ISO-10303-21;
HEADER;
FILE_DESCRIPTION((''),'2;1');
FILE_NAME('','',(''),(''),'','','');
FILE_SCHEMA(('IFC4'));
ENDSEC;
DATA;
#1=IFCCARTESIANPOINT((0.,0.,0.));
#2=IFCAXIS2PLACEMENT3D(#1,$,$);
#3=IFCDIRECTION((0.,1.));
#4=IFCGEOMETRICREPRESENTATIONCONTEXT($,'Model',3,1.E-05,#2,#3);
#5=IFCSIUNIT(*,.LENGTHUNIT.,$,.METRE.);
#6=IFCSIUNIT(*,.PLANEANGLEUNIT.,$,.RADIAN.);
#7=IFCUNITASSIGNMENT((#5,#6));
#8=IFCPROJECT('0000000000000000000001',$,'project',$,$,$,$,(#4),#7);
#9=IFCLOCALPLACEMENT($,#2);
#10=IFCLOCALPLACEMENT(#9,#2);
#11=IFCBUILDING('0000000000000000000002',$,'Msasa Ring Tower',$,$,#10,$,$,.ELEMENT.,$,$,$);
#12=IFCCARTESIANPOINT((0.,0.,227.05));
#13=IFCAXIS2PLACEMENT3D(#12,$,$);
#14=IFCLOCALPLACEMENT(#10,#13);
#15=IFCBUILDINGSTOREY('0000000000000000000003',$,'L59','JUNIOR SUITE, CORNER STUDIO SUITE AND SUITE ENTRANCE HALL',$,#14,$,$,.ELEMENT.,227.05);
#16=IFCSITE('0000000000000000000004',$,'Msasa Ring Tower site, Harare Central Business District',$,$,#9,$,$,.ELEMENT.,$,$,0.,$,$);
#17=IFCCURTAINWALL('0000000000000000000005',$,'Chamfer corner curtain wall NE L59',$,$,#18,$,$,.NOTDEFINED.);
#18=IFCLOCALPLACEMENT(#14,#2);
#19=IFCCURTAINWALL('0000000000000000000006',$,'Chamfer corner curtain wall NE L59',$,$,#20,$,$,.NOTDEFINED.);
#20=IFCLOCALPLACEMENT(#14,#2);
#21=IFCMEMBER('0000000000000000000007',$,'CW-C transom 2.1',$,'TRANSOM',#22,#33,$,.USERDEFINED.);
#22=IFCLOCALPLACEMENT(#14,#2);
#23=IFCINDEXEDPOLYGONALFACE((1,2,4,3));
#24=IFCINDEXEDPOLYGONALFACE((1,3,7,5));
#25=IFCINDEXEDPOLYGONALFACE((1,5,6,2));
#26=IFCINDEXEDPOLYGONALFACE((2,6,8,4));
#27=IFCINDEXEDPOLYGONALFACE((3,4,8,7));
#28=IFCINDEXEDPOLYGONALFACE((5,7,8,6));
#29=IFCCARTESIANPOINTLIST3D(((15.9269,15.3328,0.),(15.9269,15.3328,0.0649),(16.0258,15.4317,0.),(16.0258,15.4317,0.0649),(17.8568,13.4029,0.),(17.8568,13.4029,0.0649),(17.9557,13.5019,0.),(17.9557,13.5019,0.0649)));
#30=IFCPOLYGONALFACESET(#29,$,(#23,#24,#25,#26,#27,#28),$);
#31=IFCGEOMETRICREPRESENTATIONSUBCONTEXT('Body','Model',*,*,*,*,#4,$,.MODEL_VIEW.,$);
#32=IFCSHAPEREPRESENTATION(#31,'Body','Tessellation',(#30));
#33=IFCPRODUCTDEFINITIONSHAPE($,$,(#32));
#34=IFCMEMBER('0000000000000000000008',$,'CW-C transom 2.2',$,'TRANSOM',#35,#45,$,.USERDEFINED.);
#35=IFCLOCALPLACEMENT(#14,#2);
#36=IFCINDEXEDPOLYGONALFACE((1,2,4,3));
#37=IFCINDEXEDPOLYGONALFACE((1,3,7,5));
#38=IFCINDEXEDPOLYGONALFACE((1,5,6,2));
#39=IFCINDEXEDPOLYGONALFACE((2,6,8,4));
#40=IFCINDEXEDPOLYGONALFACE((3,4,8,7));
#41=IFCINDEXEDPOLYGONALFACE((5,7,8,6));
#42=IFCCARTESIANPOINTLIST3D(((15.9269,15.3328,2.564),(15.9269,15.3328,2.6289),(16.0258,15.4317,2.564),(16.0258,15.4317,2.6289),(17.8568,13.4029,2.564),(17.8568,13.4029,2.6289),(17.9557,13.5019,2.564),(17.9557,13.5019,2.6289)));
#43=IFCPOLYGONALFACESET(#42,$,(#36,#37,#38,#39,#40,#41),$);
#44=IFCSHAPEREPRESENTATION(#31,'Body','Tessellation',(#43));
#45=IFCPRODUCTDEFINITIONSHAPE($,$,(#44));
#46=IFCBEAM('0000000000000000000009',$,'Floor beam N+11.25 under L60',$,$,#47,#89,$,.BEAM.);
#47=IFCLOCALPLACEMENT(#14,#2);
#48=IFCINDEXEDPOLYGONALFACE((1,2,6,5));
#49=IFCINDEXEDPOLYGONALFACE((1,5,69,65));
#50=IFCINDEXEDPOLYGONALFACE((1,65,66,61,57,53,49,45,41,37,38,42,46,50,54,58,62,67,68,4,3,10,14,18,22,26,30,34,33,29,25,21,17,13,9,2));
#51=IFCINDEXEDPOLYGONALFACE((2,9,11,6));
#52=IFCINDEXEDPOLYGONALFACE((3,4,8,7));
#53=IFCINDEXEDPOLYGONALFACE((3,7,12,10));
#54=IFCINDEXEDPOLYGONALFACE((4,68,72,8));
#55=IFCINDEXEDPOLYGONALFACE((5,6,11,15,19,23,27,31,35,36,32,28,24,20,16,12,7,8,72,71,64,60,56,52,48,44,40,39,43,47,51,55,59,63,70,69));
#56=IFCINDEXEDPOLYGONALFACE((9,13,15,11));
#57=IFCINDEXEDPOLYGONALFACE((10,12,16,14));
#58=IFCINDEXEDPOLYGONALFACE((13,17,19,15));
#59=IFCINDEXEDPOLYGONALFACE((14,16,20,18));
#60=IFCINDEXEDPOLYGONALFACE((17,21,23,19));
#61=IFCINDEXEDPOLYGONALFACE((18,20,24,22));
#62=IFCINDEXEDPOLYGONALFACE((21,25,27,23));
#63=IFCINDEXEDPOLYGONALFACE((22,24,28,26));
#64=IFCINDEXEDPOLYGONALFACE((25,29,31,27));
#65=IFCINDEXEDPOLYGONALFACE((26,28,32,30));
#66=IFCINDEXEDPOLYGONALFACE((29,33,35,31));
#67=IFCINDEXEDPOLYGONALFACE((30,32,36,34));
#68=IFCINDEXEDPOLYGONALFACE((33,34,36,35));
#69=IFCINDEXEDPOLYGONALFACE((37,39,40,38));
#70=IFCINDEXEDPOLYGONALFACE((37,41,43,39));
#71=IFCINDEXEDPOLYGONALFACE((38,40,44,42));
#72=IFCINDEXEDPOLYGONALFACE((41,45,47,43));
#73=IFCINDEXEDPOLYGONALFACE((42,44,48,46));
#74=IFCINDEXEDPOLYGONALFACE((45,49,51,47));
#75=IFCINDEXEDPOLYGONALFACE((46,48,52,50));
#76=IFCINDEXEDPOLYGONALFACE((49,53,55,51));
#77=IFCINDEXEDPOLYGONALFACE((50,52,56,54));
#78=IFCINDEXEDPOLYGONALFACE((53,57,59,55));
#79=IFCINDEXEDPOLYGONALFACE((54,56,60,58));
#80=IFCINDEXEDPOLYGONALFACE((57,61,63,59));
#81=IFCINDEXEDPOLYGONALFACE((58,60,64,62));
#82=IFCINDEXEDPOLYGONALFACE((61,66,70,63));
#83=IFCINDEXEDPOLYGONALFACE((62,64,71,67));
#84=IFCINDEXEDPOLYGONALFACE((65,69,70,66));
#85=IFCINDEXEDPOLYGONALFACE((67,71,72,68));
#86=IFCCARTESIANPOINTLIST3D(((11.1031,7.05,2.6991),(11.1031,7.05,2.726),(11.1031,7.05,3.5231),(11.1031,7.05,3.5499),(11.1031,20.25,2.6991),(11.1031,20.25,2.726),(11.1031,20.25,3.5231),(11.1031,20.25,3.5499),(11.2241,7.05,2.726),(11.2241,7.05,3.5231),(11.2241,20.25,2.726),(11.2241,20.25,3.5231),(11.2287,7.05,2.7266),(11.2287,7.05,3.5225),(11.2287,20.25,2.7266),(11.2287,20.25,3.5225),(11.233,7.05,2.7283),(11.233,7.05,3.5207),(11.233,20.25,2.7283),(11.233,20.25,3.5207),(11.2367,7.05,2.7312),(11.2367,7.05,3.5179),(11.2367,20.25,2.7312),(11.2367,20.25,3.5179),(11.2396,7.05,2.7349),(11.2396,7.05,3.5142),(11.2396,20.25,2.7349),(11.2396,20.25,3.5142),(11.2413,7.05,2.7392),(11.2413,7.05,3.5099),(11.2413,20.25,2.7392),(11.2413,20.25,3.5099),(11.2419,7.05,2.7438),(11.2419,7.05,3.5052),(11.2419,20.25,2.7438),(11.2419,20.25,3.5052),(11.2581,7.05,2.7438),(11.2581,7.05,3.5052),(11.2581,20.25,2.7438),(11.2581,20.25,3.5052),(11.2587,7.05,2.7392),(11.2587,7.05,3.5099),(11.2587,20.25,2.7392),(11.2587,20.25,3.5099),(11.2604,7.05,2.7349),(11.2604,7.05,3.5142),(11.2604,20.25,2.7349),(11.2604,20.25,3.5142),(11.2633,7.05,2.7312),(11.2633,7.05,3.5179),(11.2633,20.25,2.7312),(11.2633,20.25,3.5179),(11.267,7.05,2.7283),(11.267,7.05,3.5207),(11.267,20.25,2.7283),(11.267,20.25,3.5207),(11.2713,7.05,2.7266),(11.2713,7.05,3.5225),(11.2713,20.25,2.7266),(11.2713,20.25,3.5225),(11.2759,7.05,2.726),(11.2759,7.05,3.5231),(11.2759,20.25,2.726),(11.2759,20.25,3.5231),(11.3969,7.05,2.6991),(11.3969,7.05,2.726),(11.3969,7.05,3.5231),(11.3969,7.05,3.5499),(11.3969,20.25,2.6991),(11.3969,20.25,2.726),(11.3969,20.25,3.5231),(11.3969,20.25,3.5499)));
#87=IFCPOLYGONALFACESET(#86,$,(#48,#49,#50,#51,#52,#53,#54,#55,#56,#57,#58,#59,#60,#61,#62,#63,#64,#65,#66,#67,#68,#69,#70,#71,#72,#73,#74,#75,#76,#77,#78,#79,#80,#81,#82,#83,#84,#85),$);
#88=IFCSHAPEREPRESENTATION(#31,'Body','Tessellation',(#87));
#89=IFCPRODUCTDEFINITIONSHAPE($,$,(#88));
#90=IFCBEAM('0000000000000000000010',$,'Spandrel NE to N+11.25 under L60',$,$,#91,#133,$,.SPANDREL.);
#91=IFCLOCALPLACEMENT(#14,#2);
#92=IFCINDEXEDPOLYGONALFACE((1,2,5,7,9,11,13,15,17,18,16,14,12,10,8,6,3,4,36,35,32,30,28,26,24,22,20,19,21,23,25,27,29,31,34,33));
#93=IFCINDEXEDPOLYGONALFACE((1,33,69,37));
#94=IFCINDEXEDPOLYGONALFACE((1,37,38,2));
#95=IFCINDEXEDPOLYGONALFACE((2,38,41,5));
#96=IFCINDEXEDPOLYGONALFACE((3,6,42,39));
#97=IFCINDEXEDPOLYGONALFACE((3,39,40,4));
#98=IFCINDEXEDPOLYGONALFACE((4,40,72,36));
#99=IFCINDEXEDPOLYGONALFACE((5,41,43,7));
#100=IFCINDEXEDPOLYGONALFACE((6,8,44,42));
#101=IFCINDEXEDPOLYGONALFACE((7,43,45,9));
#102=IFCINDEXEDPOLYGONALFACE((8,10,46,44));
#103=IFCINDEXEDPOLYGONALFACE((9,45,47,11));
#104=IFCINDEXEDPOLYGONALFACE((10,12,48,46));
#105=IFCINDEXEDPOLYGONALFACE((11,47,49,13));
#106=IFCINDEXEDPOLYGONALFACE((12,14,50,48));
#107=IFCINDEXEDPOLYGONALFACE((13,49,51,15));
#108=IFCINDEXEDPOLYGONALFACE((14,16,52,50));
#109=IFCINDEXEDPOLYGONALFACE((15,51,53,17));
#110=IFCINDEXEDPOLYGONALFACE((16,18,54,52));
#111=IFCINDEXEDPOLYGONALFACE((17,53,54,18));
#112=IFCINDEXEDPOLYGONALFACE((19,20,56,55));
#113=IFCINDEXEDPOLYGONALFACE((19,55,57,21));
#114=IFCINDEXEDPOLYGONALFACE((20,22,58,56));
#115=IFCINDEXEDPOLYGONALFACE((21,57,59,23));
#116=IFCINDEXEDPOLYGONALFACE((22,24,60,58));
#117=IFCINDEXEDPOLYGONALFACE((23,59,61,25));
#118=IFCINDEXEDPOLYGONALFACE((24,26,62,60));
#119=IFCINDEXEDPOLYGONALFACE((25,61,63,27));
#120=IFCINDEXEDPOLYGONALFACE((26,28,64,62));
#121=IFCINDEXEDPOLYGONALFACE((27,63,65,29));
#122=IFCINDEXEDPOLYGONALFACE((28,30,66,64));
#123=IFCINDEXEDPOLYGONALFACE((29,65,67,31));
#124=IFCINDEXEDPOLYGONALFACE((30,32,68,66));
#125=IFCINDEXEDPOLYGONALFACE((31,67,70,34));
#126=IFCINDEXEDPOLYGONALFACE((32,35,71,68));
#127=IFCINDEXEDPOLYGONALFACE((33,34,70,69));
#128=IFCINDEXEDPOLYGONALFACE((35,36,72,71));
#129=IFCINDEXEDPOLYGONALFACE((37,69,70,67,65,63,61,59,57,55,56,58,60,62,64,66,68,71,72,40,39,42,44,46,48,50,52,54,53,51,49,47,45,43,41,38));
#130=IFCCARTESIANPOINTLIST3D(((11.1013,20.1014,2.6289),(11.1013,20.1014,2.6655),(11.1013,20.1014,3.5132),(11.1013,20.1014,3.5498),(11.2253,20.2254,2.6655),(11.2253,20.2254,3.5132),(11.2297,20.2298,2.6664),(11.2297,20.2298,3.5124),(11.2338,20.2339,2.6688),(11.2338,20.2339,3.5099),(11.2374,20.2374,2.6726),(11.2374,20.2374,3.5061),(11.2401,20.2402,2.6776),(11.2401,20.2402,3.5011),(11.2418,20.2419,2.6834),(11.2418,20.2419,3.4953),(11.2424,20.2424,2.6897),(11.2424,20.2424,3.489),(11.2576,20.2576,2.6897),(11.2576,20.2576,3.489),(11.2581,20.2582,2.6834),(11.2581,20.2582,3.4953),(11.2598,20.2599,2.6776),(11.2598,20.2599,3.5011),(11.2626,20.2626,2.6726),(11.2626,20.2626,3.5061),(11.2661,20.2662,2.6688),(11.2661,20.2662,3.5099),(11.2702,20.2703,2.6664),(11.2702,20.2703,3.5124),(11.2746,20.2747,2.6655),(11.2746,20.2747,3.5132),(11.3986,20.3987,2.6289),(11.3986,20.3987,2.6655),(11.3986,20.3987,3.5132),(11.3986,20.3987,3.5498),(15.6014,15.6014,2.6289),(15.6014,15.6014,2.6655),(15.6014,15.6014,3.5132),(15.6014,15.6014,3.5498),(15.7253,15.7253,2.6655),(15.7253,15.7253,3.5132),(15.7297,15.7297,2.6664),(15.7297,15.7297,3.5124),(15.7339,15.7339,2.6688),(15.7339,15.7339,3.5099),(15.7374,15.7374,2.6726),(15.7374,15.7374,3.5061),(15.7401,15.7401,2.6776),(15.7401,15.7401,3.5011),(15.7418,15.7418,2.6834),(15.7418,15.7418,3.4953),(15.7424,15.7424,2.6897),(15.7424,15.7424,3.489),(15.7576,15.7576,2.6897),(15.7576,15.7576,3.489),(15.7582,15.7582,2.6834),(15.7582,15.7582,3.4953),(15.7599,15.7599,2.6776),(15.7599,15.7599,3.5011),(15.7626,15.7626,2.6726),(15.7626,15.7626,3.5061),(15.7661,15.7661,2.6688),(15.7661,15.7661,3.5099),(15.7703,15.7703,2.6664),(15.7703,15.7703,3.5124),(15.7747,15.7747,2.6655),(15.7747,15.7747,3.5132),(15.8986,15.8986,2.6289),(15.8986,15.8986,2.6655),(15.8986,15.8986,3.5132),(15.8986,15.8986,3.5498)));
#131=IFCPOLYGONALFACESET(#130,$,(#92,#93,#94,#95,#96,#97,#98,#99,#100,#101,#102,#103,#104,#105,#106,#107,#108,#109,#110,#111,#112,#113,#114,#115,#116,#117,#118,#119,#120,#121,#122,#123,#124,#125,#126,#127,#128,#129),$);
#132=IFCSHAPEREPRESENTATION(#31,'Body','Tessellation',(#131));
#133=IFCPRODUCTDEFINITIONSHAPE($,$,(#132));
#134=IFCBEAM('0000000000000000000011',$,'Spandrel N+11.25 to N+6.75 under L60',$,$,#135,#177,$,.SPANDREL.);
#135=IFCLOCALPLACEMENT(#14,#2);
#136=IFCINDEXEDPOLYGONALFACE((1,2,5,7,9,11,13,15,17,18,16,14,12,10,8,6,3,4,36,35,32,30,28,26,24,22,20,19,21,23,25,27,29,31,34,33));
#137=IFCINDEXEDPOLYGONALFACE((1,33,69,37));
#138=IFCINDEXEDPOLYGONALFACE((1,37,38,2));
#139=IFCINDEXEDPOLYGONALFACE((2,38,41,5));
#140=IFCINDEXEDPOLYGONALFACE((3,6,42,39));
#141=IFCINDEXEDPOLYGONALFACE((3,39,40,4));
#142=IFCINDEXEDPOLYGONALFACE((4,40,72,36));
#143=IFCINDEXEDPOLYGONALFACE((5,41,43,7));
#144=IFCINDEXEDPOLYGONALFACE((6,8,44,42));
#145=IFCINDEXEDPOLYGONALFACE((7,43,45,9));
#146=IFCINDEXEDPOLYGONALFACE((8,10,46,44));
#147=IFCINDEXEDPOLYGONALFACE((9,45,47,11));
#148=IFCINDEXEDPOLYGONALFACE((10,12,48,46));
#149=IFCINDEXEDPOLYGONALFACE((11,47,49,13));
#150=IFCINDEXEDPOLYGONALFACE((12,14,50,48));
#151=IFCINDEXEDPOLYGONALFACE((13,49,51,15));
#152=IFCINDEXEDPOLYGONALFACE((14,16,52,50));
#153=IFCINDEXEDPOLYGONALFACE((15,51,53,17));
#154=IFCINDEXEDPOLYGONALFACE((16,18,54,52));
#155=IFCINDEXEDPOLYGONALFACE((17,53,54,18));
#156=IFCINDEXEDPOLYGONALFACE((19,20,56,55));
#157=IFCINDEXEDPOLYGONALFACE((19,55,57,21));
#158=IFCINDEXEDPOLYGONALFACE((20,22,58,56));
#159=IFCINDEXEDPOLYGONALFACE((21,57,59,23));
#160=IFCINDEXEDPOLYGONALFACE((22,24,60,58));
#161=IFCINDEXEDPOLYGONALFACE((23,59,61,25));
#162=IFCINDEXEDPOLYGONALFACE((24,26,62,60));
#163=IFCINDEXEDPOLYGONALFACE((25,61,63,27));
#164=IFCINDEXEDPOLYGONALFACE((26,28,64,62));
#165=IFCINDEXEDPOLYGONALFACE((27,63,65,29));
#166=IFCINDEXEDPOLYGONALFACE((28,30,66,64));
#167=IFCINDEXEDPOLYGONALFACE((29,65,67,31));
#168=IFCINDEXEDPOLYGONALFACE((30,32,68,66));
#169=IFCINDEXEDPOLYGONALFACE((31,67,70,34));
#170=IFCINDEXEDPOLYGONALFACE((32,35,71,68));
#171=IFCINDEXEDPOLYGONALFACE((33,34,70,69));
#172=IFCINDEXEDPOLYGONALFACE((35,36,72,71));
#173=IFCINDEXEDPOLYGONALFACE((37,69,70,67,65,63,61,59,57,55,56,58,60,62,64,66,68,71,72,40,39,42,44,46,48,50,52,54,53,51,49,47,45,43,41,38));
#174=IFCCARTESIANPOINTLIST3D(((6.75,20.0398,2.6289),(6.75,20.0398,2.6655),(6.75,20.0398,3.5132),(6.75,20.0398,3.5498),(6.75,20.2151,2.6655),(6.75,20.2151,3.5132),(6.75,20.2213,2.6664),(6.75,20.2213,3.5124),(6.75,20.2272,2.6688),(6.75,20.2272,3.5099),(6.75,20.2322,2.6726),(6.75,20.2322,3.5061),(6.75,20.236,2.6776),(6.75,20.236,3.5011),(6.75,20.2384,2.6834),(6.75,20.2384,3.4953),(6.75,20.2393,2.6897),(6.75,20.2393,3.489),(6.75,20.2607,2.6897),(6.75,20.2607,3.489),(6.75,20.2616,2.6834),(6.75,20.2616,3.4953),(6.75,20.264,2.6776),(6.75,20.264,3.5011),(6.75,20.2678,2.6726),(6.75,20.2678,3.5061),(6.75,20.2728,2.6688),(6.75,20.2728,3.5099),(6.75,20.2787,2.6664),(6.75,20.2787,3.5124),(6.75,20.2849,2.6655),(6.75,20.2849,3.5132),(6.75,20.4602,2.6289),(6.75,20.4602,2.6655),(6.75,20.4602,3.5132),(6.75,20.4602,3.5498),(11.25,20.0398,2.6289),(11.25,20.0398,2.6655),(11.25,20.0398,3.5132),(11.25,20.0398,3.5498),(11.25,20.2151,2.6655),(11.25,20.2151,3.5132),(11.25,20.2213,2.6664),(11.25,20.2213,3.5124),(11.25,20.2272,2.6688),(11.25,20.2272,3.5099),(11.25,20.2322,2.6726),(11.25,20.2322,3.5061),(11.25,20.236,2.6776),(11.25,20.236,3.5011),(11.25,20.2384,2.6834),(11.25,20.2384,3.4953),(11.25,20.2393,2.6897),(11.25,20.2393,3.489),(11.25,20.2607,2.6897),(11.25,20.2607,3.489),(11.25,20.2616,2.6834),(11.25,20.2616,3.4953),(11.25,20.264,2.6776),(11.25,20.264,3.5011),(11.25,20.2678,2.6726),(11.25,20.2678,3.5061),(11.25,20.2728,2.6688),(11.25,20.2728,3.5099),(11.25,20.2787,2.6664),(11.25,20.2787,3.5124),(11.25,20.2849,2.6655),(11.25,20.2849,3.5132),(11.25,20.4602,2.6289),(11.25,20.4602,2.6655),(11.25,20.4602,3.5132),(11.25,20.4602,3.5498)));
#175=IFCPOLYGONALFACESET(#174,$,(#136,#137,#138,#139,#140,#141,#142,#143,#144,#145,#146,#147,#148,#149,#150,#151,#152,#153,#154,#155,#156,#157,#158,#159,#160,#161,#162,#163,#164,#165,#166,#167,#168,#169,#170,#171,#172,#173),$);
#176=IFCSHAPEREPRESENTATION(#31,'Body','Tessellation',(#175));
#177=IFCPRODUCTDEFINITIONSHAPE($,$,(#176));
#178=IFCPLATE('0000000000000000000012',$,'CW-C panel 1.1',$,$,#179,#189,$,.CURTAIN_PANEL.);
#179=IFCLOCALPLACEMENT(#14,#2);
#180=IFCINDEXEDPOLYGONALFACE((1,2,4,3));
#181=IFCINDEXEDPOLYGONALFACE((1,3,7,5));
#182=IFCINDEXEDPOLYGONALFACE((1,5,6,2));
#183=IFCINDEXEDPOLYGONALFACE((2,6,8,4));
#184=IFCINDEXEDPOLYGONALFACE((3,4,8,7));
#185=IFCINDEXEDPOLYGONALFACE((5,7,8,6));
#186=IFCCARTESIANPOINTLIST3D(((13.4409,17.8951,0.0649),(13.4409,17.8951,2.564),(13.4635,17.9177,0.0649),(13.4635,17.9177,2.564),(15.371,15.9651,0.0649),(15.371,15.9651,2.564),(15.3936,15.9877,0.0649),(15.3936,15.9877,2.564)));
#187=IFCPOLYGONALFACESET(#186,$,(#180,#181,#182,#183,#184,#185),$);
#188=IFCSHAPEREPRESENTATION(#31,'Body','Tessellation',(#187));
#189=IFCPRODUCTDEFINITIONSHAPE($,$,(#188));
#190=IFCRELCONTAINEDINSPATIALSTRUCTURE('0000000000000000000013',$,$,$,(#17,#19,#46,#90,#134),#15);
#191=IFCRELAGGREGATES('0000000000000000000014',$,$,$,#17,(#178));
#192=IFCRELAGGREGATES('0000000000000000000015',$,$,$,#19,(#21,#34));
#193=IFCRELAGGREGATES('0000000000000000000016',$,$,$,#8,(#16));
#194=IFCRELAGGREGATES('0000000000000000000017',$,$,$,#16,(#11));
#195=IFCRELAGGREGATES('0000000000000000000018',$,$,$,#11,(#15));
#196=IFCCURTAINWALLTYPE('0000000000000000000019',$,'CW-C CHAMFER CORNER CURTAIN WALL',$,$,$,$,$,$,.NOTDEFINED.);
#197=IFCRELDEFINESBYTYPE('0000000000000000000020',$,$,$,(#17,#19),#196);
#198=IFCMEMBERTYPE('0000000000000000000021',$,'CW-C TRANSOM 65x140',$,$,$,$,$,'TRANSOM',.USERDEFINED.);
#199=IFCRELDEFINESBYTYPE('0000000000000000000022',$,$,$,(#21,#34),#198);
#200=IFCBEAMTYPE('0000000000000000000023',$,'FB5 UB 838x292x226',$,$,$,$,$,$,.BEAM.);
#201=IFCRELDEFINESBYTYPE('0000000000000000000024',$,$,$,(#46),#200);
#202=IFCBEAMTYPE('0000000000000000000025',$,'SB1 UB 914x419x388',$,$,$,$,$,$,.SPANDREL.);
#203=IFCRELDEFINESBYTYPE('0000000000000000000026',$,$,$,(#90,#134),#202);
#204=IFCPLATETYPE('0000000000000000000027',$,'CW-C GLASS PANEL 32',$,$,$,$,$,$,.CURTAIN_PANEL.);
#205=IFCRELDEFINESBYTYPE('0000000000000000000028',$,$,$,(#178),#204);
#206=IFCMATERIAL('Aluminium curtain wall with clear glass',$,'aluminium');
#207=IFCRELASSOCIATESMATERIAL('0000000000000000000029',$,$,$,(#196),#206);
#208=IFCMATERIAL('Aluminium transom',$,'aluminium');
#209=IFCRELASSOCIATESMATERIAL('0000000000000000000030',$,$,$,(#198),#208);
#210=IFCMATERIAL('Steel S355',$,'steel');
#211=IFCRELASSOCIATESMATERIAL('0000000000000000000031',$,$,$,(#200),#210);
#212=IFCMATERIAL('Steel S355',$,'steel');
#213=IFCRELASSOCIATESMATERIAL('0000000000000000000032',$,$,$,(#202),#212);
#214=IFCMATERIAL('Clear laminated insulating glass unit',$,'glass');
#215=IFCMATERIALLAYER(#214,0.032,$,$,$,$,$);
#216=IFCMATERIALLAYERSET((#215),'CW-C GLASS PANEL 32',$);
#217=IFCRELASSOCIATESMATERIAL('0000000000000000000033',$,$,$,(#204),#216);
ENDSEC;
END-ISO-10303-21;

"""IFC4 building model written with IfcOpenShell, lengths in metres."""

from ifc_helpers import new_model, si_unit, direction, frame, origin, origin_2d, place, context, subcontext, project, spatial, rectangle, i_section, extrude, material, layer, layer_set, material_profile, profile_set, type_object, element, aggregate, save


model = new_model("IFC4")

# Units and contexts
model_context = context("Model", 3, precision=1e-05, world=origin(), true_north=direction((0.0, 1.0)))
body_context = subcontext(model_context, "Body", "Model", "MODEL_VIEW")
ifc_project = project(units=[si_unit("LENGTHUNIT", "METRE"), si_unit("PLANEANGLEUNIT", "RADIAN")], contexts=[model_context])

# Site, building, storey
site_placement = place(None, origin())
site = spatial("IfcSite", under=ifc_project, at=site_placement, Name="Msasa Ring Tower site, Harare Central Business District", CompositionType="ELEMENT", RefElevation=0.0)
building_placement = place(site_placement, origin())
building = spatial("IfcBuilding", under=site, at=building_placement, Name="Msasa Ring Tower", CompositionType="ELEMENT")
storey_placement = place(building_placement, frame((0.0, 0.0, 227.05)))
storey = spatial("IfcBuildingStorey", under=building, at=storey_placement, Name="L59", Description="JUNIOR SUITE, CORNER STUDIO SUITE AND SUITE ENTRANCE HALL", CompositionType="ELEMENT", Elevation=227.05)

# Curtain walls
ifc_material_1 = material(Name="Aluminium curtain wall with clear glass", Category="aluminium")
curtain_wall_type = type_object("IfcCurtainWallType", Name="CW-C CHAMFER CORNER CURTAIN WALL", PredefinedType="NOTDEFINED", material=ifc_material_1)
curtain_wall_1_placement = place(storey_placement, origin())
curtain_wall_1 = element("IfcCurtainWall", 1, at=curtain_wall_1_placement, inside=storey, type_object=curtain_wall_type, Name="Chamfer corner curtain wall NE L59", PredefinedType="NOTDEFINED")
curtain_wall_2_placement = place(storey_placement, origin())
curtain_wall_2 = element("IfcCurtainWall", 2, at=curtain_wall_2_placement, inside=storey, type_object=curtain_wall_type, Name="Chamfer corner curtain wall NE L59", PredefinedType="NOTDEFINED")

# Members
ifc_material_2 = material(Name="Aluminium transom", Category="aluminium")
ifc_material_profile_1 = material_profile(ifc_material_2, rectangle(XDim=0.1399, YDim=0.0649, at=origin_2d()), Name="AL 65x140")
ifc_profile_set_1 = profile_set([ifc_material_profile_1], Name="Aluminium transom")
member_type_1 = type_object("IfcMemberType", Name="CW-C TRANSOM 65x140", ElementType="TRANSOM", PredefinedType="USERDEFINED", material=ifc_profile_set_1)
member_1_placement = place(storey_placement, frame((17.9062, 13.4524, 0.0325), z_axis=(-0.707107, 0.707107, 0.0), x_axis=(-0.707107, -0.707107, 0.0)))
member_1 = element("IfcMember", 3, at=member_1_placement, type_object=member_type_1, Name="CW-C transom 2.1", ObjectType="TRANSOM", PredefinedType="USERDEFINED", context=body_context, shape_type="SweptSolid", body=[
    extrude(rectangle(XDim=0.1399, YDim=0.0649, at=origin_2d()), origin(), (0.0, 0.0, 1.0), 2.7292),
])
member_2_placement = place(storey_placement, frame((17.9062, 13.4524, 2.5964), z_axis=(-0.707107, 0.707107, 0.0), x_axis=(-0.707107, -0.707107, 0.0)))
member_2 = element("IfcMember", 4, at=member_2_placement, type_object=member_type_1, Name="CW-C transom 2.2", ObjectType="TRANSOM", PredefinedType="USERDEFINED", context=body_context, shape_type="SweptSolid", body=[
    extrude(rectangle(XDim=0.1399, YDim=0.0649, at=origin_2d()), origin(), (0.0, 0.0, 1.0), 2.7292),
])

# Beams
ifc_material_3 = material(Name="Steel S355", Category="steel")
ifc_material_profile_2 = material_profile(ifc_material_3, i_section(OverallWidth=0.2937, OverallDepth=0.8508, WebThickness=0.0161, FlangeThickness=0.0269, FilletRadius=0.0178, at=origin_2d()), Name="UB 838x292x226")
ifc_profile_set_2 = profile_set([ifc_material_profile_2], Name="Steel S355")
beam_type_1 = type_object("IfcBeamType", Name="FB5 UB 838x292x226", PredefinedType="BEAM", material=ifc_profile_set_2)
beam_1_placement = place(storey_placement, frame((11.25, 20.25, 3.1245), z_axis=(0.0, -1.0, 0.0), x_axis=(1.0, 0.0, 0.0)))
element("IfcBeam", 5, at=beam_1_placement, inside=storey, type_object=beam_type_1, Name="Floor beam N+11.25 under L60", PredefinedType="BEAM", context=body_context, shape_type="SweptSolid", body=[
    extrude(i_section(OverallWidth=0.2937, OverallDepth=0.8508, WebThickness=0.0161, FlangeThickness=0.0269, FilletRadius=0.0178, at=origin_2d()), origin(), (0.0, 0.0, 1.0), 13.2),
])
ifc_material_4 = material(Name="Steel S355", Category="steel")
ifc_material_profile_3 = material_profile(ifc_material_4, i_section(OverallWidth=0.4204, OverallDepth=0.9209, WebThickness=0.0215, FlangeThickness=0.0366, FilletRadius=0.0242, at=origin_2d()), Name="UB 914x419x388")
ifc_profile_set_3 = profile_set([ifc_material_profile_3], Name="Steel S355")
beam_type_2 = type_object("IfcBeamType", Name="SB1 UB 914x419x388", PredefinedType="SPANDREL", material=ifc_profile_set_3)
beam_2_placement = place(storey_placement, frame((15.75, 15.75, 3.0894), z_axis=(-0.707107, 0.707107, 0.0), x_axis=(-0.707107, -0.707107, 0.0)))
element("IfcBeam", 6, at=beam_2_placement, inside=storey, type_object=beam_type_2, Name="Spandrel NE to N+11.25 under L60", PredefinedType="SPANDREL", context=body_context, shape_type="SweptSolid", body=[
    extrude(i_section(OverallWidth=0.4204, OverallDepth=0.9209, WebThickness=0.0215, FlangeThickness=0.0366, FilletRadius=0.0242, at=origin_2d()), origin(), (0.0, 0.0, 1.0), 6.364),
])
beam_3_placement = place(storey_placement, frame((11.25, 20.25, 3.0894), z_axis=(-1.0, 0.0, 0.0), x_axis=(0.0, -1.0, 0.0)))
element("IfcBeam", 7, at=beam_3_placement, inside=storey, type_object=beam_type_2, Name="Spandrel N+11.25 to N+6.75 under L60", PredefinedType="SPANDREL", context=body_context, shape_type="SweptSolid", body=[
    extrude(i_section(OverallWidth=0.4204, OverallDepth=0.9209, WebThickness=0.0215, FlangeThickness=0.0366, FilletRadius=0.0242, at=origin_2d()), origin(), (0.0, 0.0, 1.0), 4.5),
])

# Plate
ifc_material_5 = material(Name="Clear laminated insulating glass unit", Category="glass")
ifc_layer_1 = layer(ifc_material_5, 0.032)
ifc_layer_set_1 = layer_set([ifc_layer_1], Name="CW-C GLASS PANEL 32")
plate_type = type_object("IfcPlateType", Name="CW-C GLASS PANEL 32", PredefinedType="CURTAIN_PANEL", material=ifc_layer_set_1)
plate_1_placement = place(storey_placement, frame((14.4172, 16.9414, 0.0649), z_axis=(0.0, 0.0, 1.0), x_axis=(-0.707107, 0.707107, 0.0)))
plate_1 = element("IfcPlate", 8, at=plate_1_placement, type_object=plate_type, Name="CW-C panel 1.1", PredefinedType="CURTAIN_PANEL", context=body_context, shape_type="SweptSolid", body=[
    extrude(rectangle(XDim=2.7295, YDim=0.032, at=origin_2d()), origin(), (0.0, 0.0, 1.0), 2.499),
])
aggregate(curtain_wall_1, [plate_1])
aggregate(curtain_wall_2, [member_1, member_2])

save(model, "model.ifc")
